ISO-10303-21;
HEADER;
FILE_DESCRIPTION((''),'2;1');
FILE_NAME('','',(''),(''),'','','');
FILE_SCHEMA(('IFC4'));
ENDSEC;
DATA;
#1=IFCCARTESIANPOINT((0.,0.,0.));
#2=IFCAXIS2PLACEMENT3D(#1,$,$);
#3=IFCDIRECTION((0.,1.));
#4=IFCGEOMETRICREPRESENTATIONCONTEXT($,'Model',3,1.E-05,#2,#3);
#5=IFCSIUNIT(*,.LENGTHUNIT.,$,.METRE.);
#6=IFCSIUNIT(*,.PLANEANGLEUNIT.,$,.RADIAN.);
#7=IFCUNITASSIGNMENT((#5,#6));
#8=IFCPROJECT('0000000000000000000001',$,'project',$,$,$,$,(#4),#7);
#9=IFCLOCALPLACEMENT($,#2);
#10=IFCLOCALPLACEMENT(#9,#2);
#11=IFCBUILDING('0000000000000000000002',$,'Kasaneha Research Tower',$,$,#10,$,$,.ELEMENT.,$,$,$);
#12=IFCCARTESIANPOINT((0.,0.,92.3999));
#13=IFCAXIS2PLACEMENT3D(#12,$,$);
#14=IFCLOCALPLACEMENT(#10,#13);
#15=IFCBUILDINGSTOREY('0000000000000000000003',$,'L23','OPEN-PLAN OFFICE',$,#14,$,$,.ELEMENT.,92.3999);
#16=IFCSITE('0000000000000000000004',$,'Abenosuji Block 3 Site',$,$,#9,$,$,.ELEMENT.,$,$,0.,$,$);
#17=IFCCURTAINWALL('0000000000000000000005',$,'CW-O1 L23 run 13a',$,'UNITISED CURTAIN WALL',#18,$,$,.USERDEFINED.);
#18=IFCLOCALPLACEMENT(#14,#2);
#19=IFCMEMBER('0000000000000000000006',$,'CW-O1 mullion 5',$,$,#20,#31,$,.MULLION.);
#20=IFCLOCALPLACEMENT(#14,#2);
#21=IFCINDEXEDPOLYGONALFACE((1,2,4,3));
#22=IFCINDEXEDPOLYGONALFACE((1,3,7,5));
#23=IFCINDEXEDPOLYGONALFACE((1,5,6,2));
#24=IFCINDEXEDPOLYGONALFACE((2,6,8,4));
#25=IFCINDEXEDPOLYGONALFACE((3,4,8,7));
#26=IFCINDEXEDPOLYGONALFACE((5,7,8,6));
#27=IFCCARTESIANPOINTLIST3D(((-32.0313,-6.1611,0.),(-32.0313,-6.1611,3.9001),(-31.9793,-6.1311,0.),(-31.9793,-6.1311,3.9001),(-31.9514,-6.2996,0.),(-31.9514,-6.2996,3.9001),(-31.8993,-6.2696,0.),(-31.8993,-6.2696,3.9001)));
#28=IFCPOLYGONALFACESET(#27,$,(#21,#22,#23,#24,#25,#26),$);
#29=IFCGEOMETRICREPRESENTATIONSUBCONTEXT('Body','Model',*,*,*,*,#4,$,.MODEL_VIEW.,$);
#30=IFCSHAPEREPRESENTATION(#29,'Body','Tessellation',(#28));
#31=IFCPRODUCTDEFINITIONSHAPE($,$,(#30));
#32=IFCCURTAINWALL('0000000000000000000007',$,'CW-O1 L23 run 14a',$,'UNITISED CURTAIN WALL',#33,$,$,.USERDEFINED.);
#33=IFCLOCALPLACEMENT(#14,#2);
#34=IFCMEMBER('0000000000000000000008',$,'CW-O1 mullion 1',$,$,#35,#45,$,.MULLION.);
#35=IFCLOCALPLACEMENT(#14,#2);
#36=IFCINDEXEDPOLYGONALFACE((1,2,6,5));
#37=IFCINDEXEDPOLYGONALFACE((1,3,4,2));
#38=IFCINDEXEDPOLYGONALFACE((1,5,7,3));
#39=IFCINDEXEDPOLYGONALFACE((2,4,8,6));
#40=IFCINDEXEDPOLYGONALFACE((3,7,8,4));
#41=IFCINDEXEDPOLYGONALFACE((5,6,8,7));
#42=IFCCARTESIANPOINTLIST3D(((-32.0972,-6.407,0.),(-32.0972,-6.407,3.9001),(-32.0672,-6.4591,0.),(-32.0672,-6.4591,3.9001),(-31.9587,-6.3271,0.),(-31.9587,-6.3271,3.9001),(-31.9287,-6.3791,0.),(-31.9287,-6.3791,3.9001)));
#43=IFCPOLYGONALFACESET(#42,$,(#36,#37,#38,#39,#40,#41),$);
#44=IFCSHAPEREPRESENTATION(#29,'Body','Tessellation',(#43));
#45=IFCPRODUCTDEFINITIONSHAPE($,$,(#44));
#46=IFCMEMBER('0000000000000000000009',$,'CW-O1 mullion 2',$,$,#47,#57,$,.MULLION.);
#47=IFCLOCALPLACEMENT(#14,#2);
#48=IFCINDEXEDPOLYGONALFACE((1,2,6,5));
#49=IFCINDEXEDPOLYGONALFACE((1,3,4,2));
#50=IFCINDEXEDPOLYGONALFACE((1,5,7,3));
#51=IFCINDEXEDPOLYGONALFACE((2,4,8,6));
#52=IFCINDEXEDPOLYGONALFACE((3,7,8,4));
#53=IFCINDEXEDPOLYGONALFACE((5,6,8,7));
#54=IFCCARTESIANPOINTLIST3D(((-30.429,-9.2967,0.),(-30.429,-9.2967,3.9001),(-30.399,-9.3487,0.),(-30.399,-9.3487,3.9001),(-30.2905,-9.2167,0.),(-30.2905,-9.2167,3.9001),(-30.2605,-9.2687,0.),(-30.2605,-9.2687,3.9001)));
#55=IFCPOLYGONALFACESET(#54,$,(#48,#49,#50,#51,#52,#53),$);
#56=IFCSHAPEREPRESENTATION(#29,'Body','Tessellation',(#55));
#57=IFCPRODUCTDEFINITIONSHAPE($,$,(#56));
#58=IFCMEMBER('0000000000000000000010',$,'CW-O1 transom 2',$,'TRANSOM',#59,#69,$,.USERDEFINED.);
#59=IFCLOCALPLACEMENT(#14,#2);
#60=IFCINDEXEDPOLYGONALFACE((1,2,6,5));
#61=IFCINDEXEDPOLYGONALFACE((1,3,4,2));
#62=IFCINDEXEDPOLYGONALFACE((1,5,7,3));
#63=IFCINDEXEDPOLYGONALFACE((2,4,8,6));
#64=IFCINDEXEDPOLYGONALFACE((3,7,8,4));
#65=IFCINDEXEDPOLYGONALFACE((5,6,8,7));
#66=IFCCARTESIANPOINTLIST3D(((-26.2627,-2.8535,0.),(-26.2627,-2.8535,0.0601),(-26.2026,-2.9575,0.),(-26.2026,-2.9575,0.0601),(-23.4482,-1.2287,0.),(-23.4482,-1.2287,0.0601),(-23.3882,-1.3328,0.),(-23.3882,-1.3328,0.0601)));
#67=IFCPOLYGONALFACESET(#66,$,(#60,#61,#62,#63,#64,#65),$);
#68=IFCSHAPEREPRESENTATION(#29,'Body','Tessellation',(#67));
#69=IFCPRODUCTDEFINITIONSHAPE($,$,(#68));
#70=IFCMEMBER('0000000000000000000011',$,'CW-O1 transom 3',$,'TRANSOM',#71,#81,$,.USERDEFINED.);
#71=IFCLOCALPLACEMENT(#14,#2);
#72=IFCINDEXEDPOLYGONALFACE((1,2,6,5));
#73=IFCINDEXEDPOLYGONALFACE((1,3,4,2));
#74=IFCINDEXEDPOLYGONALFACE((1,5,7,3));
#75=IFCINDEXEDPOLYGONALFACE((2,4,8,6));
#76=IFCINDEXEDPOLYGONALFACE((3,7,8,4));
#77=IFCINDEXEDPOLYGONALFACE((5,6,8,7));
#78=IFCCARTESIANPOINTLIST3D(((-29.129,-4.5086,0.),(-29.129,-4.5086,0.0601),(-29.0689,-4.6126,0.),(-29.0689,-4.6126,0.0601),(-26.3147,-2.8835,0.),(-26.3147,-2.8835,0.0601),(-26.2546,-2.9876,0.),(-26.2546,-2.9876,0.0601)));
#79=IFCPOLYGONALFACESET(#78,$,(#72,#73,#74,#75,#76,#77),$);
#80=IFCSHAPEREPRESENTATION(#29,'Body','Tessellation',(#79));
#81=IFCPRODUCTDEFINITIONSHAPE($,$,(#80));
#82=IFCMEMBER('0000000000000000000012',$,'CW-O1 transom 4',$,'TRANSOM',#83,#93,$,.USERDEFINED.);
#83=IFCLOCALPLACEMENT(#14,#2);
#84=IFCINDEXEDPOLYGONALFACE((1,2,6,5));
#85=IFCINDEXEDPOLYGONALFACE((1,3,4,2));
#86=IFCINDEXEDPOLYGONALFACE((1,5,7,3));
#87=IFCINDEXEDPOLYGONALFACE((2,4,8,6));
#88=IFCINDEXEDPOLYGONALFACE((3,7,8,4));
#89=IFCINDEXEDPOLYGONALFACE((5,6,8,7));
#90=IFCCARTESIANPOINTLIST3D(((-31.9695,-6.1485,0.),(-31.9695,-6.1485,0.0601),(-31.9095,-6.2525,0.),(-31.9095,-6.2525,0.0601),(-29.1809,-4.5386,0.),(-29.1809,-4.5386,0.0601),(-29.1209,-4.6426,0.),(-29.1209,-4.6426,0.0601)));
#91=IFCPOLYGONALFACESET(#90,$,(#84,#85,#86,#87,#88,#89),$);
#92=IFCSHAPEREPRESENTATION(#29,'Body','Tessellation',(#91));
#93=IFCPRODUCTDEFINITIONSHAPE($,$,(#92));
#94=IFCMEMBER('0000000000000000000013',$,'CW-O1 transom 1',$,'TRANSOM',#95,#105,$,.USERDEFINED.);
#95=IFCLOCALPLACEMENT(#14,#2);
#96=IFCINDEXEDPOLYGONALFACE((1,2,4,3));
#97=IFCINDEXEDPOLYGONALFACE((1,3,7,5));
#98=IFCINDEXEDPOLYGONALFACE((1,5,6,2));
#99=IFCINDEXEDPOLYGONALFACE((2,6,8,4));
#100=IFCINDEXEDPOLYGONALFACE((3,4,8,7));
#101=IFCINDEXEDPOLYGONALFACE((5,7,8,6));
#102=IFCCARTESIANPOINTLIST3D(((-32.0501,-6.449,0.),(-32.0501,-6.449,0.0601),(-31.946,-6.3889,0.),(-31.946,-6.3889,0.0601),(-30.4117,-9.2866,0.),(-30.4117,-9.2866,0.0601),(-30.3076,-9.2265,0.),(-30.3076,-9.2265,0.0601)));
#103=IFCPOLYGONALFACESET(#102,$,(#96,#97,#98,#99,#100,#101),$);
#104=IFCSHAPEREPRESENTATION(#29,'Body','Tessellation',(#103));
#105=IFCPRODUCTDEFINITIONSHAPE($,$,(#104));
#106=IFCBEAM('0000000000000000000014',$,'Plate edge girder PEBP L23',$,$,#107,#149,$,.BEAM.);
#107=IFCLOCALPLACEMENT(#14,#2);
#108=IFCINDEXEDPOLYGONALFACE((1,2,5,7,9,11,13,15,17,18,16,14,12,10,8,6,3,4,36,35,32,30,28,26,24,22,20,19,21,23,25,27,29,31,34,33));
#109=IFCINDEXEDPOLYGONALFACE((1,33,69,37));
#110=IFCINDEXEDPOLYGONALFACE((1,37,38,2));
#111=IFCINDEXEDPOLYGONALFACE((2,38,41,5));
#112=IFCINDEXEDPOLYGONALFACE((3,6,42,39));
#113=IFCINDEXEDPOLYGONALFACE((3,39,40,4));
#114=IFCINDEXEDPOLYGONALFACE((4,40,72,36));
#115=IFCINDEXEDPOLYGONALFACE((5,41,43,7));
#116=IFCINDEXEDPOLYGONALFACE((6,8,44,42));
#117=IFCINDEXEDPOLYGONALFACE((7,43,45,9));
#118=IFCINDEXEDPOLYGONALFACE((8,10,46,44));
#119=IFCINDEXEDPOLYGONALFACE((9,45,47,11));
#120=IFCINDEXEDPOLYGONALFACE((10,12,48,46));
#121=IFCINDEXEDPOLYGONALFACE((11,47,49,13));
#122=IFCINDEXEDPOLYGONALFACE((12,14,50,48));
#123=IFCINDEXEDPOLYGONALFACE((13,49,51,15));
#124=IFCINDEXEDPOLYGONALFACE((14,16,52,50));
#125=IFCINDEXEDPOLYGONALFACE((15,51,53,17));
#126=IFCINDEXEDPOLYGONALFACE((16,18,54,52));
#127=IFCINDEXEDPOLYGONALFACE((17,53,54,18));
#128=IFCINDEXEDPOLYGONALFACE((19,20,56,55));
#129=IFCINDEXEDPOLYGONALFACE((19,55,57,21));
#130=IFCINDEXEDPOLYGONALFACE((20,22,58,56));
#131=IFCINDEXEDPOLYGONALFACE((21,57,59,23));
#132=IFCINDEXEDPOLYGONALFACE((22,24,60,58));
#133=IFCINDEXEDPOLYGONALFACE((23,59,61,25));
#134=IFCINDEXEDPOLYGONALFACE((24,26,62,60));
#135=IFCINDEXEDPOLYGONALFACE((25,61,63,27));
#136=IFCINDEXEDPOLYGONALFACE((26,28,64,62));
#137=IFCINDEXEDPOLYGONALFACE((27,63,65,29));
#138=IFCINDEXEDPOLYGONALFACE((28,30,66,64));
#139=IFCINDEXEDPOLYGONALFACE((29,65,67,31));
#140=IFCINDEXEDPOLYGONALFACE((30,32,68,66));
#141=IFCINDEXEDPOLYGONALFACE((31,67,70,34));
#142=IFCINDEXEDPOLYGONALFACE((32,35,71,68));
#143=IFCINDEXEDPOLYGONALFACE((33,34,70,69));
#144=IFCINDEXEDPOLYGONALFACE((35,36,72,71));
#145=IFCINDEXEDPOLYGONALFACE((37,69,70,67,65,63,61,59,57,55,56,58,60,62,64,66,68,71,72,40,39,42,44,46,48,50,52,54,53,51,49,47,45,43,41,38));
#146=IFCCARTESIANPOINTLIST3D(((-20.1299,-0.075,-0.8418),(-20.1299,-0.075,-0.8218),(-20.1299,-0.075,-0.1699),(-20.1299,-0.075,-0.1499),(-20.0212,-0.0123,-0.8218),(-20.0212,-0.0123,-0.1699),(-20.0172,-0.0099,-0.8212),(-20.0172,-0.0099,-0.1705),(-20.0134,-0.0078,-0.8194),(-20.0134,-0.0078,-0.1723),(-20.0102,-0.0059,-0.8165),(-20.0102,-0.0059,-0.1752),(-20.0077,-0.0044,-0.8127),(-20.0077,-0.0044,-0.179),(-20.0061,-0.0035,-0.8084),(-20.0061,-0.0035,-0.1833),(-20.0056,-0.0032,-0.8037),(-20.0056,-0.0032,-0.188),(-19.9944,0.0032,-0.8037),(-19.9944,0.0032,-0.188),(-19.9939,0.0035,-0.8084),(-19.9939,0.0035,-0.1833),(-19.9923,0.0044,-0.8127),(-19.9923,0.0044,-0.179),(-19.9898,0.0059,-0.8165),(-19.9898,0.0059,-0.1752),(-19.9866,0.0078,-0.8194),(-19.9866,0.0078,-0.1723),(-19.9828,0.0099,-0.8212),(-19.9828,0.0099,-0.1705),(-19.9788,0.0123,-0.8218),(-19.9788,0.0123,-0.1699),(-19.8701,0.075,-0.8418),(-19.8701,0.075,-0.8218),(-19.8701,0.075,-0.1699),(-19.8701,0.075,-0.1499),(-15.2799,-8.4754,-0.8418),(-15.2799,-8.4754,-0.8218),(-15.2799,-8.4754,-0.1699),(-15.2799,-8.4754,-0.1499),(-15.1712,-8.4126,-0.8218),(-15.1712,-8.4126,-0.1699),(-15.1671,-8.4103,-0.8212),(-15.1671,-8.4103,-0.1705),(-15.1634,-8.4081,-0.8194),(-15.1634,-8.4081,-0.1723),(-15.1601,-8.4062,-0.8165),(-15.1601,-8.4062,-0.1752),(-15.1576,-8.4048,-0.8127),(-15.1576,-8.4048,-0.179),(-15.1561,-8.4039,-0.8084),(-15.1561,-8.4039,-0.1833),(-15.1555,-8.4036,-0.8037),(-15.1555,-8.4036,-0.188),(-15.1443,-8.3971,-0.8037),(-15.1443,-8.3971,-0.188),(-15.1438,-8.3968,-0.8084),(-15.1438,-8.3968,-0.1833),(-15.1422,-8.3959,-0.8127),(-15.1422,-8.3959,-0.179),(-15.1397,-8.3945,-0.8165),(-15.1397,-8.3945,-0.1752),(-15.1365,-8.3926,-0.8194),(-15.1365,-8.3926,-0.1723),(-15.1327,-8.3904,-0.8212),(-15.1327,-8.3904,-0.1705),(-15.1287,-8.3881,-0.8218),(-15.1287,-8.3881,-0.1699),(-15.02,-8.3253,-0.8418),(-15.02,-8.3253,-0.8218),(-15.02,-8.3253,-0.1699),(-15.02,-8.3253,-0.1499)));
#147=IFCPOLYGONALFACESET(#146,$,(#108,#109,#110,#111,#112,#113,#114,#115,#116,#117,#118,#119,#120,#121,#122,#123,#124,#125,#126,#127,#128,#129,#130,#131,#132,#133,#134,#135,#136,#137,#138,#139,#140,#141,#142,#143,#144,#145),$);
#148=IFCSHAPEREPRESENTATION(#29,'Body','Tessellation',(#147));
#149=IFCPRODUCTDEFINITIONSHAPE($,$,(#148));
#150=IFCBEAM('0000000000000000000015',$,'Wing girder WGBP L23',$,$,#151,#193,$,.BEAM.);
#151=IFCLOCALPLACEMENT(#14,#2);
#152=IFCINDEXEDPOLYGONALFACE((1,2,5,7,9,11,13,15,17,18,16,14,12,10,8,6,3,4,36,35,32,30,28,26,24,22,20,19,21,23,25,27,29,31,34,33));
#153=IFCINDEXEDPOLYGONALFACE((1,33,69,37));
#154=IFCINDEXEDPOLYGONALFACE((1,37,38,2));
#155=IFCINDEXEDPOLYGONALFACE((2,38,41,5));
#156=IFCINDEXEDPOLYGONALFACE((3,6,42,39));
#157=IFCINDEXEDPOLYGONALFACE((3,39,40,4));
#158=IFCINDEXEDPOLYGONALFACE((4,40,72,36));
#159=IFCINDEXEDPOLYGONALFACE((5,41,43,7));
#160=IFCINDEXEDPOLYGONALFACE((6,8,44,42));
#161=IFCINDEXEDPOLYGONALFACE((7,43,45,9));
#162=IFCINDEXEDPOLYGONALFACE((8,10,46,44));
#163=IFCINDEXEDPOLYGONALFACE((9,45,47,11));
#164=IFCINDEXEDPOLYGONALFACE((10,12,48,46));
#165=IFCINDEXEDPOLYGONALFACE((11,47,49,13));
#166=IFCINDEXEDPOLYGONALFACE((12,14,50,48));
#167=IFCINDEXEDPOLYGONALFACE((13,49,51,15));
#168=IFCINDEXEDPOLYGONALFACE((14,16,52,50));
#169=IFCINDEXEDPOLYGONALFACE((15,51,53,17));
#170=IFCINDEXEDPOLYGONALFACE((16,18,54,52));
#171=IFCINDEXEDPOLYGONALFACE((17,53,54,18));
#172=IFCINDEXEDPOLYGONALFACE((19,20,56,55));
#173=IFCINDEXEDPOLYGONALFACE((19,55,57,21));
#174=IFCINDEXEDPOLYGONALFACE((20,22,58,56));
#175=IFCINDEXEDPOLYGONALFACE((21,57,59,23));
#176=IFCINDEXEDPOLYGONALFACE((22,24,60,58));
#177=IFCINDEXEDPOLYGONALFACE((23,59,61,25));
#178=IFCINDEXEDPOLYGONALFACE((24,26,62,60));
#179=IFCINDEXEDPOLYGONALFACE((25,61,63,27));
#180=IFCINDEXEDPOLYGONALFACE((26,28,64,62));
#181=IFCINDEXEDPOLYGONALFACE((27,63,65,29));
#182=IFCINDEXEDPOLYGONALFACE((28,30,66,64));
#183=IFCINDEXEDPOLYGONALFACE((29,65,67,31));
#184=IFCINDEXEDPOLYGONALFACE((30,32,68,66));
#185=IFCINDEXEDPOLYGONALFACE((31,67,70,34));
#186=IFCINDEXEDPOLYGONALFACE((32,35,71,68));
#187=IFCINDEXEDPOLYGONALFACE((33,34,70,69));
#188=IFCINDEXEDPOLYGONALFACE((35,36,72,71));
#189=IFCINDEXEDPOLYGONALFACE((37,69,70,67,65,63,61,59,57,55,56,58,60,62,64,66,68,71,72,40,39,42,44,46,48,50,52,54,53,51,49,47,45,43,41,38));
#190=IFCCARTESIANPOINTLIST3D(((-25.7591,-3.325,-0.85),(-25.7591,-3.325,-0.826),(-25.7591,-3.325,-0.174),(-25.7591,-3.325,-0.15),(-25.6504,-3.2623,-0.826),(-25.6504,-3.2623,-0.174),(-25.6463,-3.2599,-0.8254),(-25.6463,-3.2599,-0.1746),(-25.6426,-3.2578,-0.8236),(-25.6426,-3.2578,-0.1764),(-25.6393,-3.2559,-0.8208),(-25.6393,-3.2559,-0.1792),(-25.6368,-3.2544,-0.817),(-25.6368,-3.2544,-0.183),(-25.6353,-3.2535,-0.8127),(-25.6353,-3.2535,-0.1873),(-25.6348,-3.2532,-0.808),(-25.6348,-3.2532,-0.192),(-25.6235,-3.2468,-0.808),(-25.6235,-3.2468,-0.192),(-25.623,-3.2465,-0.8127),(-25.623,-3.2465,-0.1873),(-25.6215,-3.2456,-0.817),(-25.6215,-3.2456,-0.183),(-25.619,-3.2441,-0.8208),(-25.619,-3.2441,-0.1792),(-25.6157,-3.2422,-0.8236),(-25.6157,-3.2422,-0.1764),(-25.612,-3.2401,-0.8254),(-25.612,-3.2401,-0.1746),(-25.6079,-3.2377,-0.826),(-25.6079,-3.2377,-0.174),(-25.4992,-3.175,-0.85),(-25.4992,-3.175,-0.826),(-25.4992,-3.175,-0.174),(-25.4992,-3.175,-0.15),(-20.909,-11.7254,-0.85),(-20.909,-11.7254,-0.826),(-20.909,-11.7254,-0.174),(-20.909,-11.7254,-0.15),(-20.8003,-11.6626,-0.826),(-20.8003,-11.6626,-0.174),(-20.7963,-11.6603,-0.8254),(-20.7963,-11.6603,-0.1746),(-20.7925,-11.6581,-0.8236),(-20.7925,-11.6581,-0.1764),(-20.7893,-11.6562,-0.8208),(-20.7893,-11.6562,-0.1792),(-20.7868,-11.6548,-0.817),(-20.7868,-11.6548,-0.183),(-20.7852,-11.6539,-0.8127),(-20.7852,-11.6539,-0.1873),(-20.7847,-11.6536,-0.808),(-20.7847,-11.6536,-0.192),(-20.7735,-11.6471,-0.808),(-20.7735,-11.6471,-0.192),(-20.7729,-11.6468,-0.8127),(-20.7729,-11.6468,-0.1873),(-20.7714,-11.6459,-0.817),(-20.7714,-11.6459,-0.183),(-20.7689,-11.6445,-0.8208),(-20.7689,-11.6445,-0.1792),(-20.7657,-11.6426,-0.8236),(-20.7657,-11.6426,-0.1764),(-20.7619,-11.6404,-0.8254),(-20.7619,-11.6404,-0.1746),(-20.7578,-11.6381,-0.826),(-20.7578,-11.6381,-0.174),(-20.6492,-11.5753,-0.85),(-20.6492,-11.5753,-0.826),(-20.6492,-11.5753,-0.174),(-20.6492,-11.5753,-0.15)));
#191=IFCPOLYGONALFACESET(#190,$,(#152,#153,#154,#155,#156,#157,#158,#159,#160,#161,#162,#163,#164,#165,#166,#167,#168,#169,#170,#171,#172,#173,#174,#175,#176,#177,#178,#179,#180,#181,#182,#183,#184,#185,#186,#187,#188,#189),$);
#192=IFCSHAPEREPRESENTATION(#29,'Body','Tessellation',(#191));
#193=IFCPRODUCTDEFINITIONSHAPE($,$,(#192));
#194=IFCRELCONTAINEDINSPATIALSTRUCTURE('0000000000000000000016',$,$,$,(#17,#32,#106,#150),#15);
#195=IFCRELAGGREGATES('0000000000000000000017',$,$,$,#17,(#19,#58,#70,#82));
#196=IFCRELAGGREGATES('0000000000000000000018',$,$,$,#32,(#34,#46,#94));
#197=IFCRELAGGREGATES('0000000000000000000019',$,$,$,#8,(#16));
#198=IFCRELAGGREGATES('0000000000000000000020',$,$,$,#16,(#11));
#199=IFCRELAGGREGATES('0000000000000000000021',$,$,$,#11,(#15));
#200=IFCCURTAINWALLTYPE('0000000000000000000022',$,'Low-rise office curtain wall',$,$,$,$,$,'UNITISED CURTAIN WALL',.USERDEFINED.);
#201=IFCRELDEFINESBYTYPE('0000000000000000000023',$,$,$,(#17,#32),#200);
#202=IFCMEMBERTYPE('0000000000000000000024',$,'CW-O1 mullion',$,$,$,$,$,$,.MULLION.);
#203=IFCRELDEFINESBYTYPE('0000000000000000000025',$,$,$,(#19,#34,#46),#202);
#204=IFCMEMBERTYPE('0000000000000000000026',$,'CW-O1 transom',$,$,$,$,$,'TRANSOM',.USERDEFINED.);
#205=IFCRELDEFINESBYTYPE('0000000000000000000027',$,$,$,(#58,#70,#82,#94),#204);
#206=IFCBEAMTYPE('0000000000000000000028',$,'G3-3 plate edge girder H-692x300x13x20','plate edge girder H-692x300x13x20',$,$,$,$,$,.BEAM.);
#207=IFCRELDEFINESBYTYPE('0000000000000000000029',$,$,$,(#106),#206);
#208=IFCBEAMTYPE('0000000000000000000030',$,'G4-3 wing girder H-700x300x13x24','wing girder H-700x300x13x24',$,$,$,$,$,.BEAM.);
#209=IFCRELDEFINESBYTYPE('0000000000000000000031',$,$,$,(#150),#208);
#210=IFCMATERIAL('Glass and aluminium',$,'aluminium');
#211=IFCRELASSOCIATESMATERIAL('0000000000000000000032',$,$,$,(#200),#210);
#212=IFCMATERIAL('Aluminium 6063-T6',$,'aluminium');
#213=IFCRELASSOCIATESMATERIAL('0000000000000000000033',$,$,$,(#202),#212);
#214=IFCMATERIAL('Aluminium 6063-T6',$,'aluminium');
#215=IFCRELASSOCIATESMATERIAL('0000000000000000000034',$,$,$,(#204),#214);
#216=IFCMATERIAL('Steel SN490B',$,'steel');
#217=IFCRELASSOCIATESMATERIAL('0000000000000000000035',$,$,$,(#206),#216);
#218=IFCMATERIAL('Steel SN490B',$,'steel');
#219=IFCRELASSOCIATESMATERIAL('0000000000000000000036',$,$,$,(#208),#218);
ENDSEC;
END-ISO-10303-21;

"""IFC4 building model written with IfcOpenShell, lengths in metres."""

from ifc_helpers import new_model, si_unit, direction, frame, origin, origin_2d, place, context, subcontext, project, spatial, rectangle, i_section, extrude, material, material_profile, profile_set, type_object, element, aggregate, save


model = new_model("IFC4")

# Units and contexts
model_context = context("Model", 3, precision=1e-05, world=origin(), true_north=direction((0.0, 1.0)))
body_context = subcontext(model_context, "Body", "Model", "MODEL_VIEW")
ifc_project = project(units=[si_unit("LENGTHUNIT", "METRE"), si_unit("PLANEANGLEUNIT", "RADIAN")], contexts=[model_context])

# Site, building, storey
site_placement = place(None, origin())
site = spatial("IfcSite", under=ifc_project, at=site_placement, Name="Abenosuji Block 3 Site", CompositionType="ELEMENT", RefElevation=0.0)
building_placement = place(site_placement, origin())
building = spatial("IfcBuilding", under=site, at=building_placement, Name="Kasaneha Research Tower", CompositionType="ELEMENT")
storey_placement = place(building_placement, frame((0.0, 0.0, 92.3999)))
storey = spatial("IfcBuildingStorey", under=building, at=storey_placement, Name="L23", Description="OPEN-PLAN OFFICE", CompositionType="ELEMENT", Elevation=92.3999)

# Curtain walls, members
ifc_material_1 = material(Name="Glass and aluminium", Category="aluminium")
curtain_wall_type = type_object("IfcCurtainWallType", Name="Low-rise office curtain wall", ElementType="UNITISED CURTAIN WALL", PredefinedType="USERDEFINED", material=ifc_material_1)
curtain_wall_1_placement = place(storey_placement, origin())
curtain_wall_1 = element("IfcCurtainWall", 1, at=curtain_wall_1_placement, inside=storey, type_object=curtain_wall_type, Name="CW-O1 L23 run 13a", ObjectType="UNITISED CURTAIN WALL", PredefinedType="USERDEFINED")
ifc_material_2 = material(Name="Aluminium 6063-T6", Category="aluminium")
ifc_material_profile_1 = material_profile(ifc_material_2, rectangle(XDim=0.0601, YDim=0.1599, at=origin_2d()), Name="CW-O1 mullion 60x160")
ifc_profile_set_1 = profile_set([ifc_material_profile_1], Name="Aluminium 6063-T6")
member_type_1 = type_object("IfcMemberType", Name="CW-O1 mullion", PredefinedType="MULLION", material=ifc_profile_set_1)
member_1_placement = place(storey_placement, frame((-31.9653, -6.2153, 0.0), z_axis=(0.0, 0.0, 1.0), x_axis=(-0.866025, -0.5, 0.0)))
member_1 = element("IfcMember", 2, at=member_1_placement, type_object=member_type_1, Name="CW-O1 mullion 5", PredefinedType="MULLION", context=body_context, shape_type="SweptSolid", body=[
    extrude(rectangle(XDim=0.0601, YDim=0.1599, at=origin_2d()), origin(), (0.0, 0.0, 1.0), 3.9001),
])
curtain_wall_2_placement = place(storey_placement, origin())
curtain_wall_2 = element("IfcCurtainWall", 3, at=curtain_wall_2_placement, inside=storey, type_object=curtain_wall_type, Name="CW-O1 L23 run 14a", ObjectType="UNITISED CURTAIN WALL", PredefinedType="USERDEFINED")
member_2_placement = place(storey_placement, frame((-32.0129, -6.3931, 0.0), z_axis=(0.0, 0.0, 1.0), x_axis=(0.5, -0.866025, 0.0)))
member_2 = element("IfcMember", 4, at=member_2_placement, type_object=member_type_1, Name="CW-O1 mullion 1", PredefinedType="MULLION", context=body_context, shape_type="SweptSolid", body=[
    extrude(rectangle(XDim=0.0601, YDim=0.1599, at=origin_2d()), origin(), (0.0, 0.0, 1.0), 3.9001),
])
member_3_placement = place(storey_placement, frame((-30.3447, -9.2827, 0.0), z_axis=(0.0, 0.0, 1.0), x_axis=(0.5, -0.866025, 0.0)))
member_3 = element("IfcMember", 5, at=member_3_placement, type_object=member_type_1, Name="CW-O1 mullion 2", PredefinedType="MULLION", context=body_context, shape_type="SweptSolid", body=[
    extrude(rectangle(XDim=0.0601, YDim=0.1599, at=origin_2d()), origin(), (0.0, 0.0, 1.0), 3.9001),
])

# Members
ifc_material_3 = material(Name="Aluminium 6063-T6", Category="aluminium")
ifc_material_profile_2 = material_profile(ifc_material_3, rectangle(XDim=0.1201, YDim=0.0601, at=origin_2d()), Name="CW-O1 transom 120x60")
ifc_profile_set_2 = profile_set([ifc_material_profile_2], Name="Aluminium 6063-T6")
member_type_2 = type_object("IfcMemberType", Name="CW-O1 transom", ElementType="TRANSOM", PredefinedType="USERDEFINED", material=ifc_profile_set_2)
member_4_placement = place(storey_placement, frame((-23.4182, -1.2808, 0.03), z_axis=(-0.866048, -0.499961, 0.0), x_axis=(0.499961, -0.866048, 0.0)))
member_4 = element("IfcMember", 6, at=member_4_placement, type_object=member_type_2, Name="CW-O1 transom 2", ObjectType="TRANSOM", PredefinedType="USERDEFINED", context=body_context, shape_type="SweptSolid", body=[
    extrude(rectangle(XDim=0.1201, YDim=0.0601, at=origin_2d()), origin(), (0.0, 0.0, 1.0), 3.2498),
])
member_5_placement = place(storey_placement, frame((-26.2847, -2.9355, 0.03), z_axis=(-0.865997, -0.50005, 0.0), x_axis=(0.50005, -0.865997, 0.0)))
member_5 = element("IfcMember", 7, at=member_5_placement, type_object=member_type_2, Name="CW-O1 transom 3", ObjectType="TRANSOM", PredefinedType="USERDEFINED", context=body_context, shape_type="SweptSolid", body=[
    extrude(rectangle(XDim=0.1201, YDim=0.0601, at=origin_2d()), origin(), (0.0, 0.0, 1.0), 3.2498),
])
member_6_placement = place(storey_placement, frame((-29.1509, -4.5906, 0.03), z_axis=(-0.866042, -0.499972, 0.0), x_axis=(0.499972, -0.866042, 0.0)))
member_6 = element("IfcMember", 8, at=member_6_placement, type_object=member_type_2, Name="CW-O1 transom 4", ObjectType="TRANSOM", PredefinedType="USERDEFINED", context=body_context, shape_type="SweptSolid", body=[
    extrude(rectangle(XDim=0.1201, YDim=0.0601, at=origin_2d()), origin(), (0.0, 0.0, 1.0), 3.22),
])
member_7_placement = place(storey_placement, frame((-31.998, -6.4189, 0.03), z_axis=(0.500026, -0.866011, 0.0), x_axis=(0.866011, 0.500026, 0.0)))
member_7 = element("IfcMember", 9, at=member_7_placement, type_object=member_type_2, Name="CW-O1 transom 1", ObjectType="TRANSOM", PredefinedType="USERDEFINED", context=body_context, shape_type="SweptSolid", body=[
    extrude(rectangle(XDim=0.1201, YDim=0.0601, at=origin_2d()), origin(), (0.0, 0.0, 1.0), 3.2766),
])

# Beams
ifc_material_4 = material(Name="Steel SN490B", Category="steel")
ifc_material_profile_3 = material_profile(ifc_material_4, i_section(OverallWidth=0.3, OverallDepth=0.6919, WebThickness=0.0129, FlangeThickness=0.02, FilletRadius=0.0181, at=origin_2d()), Name="H-692x300x13x20")
ifc_profile_set_3 = profile_set([ifc_material_profile_3], Name="Steel SN490B")
beam_type_1 = type_object("IfcBeamType", Name="G3-3 plate edge girder H-692x300x13x20", Description="plate edge girder H-692x300x13x20", PredefinedType="BEAM", material=ifc_profile_set_3)
beam_1_placement = place(storey_placement, frame((-20.0, 0.0, -0.4958), z_axis=(0.50001, -0.86602, 0.0), x_axis=(0.86602, 0.50001, 0.0)))
element("IfcBeam", 10, at=beam_1_placement, inside=storey, type_object=beam_type_1, Name="Plate edge girder PEBP L23", PredefinedType="BEAM", context=body_context, shape_type="SweptSolid", body=[
    extrude(i_section(OverallWidth=0.3, OverallDepth=0.6919, WebThickness=0.0129, FlangeThickness=0.02, FilletRadius=0.0181, at=origin_2d()), origin(), (0.0, 0.0, 1.0), 9.7),
])
ifc_material_5 = material(Name="Steel SN490B", Category="steel")
ifc_material_profile_4 = material_profile(ifc_material_5, i_section(OverallWidth=0.3, OverallDepth=0.7, WebThickness=0.0129, FlangeThickness=0.0239, FilletRadius=0.0181, at=origin_2d()), Name="H-700x300x13x24")
ifc_profile_set_4 = profile_set([ifc_material_profile_4], Name="Steel SN490B")
beam_type_2 = type_object("IfcBeamType", Name="G4-3 wing girder H-700x300x13x24", Description="wing girder H-700x300x13x24", PredefinedType="BEAM", material=ifc_profile_set_4)
beam_2_placement = place(storey_placement, frame((-25.6292, -3.25, -0.5), z_axis=(0.50001, -0.86602, 0.0), x_axis=(0.86602, 0.50001, 0.0)))
element("IfcBeam", 11, at=beam_2_placement, inside=storey, type_object=beam_type_2, Name="Wing girder WGBP L23", PredefinedType="BEAM", context=body_context, shape_type="SweptSolid", body=[
    extrude(i_section(OverallWidth=0.3, OverallDepth=0.7, WebThickness=0.0129, FlangeThickness=0.0239, FilletRadius=0.0181, at=origin_2d()), origin(), (0.0, 0.0, 1.0), 9.7),
])

aggregate(curtain_wall_1, [member_1, member_4, member_5, member_6])
aggregate(curtain_wall_2, [member_2, member_3, member_7])

save(model, "model.ifc")
